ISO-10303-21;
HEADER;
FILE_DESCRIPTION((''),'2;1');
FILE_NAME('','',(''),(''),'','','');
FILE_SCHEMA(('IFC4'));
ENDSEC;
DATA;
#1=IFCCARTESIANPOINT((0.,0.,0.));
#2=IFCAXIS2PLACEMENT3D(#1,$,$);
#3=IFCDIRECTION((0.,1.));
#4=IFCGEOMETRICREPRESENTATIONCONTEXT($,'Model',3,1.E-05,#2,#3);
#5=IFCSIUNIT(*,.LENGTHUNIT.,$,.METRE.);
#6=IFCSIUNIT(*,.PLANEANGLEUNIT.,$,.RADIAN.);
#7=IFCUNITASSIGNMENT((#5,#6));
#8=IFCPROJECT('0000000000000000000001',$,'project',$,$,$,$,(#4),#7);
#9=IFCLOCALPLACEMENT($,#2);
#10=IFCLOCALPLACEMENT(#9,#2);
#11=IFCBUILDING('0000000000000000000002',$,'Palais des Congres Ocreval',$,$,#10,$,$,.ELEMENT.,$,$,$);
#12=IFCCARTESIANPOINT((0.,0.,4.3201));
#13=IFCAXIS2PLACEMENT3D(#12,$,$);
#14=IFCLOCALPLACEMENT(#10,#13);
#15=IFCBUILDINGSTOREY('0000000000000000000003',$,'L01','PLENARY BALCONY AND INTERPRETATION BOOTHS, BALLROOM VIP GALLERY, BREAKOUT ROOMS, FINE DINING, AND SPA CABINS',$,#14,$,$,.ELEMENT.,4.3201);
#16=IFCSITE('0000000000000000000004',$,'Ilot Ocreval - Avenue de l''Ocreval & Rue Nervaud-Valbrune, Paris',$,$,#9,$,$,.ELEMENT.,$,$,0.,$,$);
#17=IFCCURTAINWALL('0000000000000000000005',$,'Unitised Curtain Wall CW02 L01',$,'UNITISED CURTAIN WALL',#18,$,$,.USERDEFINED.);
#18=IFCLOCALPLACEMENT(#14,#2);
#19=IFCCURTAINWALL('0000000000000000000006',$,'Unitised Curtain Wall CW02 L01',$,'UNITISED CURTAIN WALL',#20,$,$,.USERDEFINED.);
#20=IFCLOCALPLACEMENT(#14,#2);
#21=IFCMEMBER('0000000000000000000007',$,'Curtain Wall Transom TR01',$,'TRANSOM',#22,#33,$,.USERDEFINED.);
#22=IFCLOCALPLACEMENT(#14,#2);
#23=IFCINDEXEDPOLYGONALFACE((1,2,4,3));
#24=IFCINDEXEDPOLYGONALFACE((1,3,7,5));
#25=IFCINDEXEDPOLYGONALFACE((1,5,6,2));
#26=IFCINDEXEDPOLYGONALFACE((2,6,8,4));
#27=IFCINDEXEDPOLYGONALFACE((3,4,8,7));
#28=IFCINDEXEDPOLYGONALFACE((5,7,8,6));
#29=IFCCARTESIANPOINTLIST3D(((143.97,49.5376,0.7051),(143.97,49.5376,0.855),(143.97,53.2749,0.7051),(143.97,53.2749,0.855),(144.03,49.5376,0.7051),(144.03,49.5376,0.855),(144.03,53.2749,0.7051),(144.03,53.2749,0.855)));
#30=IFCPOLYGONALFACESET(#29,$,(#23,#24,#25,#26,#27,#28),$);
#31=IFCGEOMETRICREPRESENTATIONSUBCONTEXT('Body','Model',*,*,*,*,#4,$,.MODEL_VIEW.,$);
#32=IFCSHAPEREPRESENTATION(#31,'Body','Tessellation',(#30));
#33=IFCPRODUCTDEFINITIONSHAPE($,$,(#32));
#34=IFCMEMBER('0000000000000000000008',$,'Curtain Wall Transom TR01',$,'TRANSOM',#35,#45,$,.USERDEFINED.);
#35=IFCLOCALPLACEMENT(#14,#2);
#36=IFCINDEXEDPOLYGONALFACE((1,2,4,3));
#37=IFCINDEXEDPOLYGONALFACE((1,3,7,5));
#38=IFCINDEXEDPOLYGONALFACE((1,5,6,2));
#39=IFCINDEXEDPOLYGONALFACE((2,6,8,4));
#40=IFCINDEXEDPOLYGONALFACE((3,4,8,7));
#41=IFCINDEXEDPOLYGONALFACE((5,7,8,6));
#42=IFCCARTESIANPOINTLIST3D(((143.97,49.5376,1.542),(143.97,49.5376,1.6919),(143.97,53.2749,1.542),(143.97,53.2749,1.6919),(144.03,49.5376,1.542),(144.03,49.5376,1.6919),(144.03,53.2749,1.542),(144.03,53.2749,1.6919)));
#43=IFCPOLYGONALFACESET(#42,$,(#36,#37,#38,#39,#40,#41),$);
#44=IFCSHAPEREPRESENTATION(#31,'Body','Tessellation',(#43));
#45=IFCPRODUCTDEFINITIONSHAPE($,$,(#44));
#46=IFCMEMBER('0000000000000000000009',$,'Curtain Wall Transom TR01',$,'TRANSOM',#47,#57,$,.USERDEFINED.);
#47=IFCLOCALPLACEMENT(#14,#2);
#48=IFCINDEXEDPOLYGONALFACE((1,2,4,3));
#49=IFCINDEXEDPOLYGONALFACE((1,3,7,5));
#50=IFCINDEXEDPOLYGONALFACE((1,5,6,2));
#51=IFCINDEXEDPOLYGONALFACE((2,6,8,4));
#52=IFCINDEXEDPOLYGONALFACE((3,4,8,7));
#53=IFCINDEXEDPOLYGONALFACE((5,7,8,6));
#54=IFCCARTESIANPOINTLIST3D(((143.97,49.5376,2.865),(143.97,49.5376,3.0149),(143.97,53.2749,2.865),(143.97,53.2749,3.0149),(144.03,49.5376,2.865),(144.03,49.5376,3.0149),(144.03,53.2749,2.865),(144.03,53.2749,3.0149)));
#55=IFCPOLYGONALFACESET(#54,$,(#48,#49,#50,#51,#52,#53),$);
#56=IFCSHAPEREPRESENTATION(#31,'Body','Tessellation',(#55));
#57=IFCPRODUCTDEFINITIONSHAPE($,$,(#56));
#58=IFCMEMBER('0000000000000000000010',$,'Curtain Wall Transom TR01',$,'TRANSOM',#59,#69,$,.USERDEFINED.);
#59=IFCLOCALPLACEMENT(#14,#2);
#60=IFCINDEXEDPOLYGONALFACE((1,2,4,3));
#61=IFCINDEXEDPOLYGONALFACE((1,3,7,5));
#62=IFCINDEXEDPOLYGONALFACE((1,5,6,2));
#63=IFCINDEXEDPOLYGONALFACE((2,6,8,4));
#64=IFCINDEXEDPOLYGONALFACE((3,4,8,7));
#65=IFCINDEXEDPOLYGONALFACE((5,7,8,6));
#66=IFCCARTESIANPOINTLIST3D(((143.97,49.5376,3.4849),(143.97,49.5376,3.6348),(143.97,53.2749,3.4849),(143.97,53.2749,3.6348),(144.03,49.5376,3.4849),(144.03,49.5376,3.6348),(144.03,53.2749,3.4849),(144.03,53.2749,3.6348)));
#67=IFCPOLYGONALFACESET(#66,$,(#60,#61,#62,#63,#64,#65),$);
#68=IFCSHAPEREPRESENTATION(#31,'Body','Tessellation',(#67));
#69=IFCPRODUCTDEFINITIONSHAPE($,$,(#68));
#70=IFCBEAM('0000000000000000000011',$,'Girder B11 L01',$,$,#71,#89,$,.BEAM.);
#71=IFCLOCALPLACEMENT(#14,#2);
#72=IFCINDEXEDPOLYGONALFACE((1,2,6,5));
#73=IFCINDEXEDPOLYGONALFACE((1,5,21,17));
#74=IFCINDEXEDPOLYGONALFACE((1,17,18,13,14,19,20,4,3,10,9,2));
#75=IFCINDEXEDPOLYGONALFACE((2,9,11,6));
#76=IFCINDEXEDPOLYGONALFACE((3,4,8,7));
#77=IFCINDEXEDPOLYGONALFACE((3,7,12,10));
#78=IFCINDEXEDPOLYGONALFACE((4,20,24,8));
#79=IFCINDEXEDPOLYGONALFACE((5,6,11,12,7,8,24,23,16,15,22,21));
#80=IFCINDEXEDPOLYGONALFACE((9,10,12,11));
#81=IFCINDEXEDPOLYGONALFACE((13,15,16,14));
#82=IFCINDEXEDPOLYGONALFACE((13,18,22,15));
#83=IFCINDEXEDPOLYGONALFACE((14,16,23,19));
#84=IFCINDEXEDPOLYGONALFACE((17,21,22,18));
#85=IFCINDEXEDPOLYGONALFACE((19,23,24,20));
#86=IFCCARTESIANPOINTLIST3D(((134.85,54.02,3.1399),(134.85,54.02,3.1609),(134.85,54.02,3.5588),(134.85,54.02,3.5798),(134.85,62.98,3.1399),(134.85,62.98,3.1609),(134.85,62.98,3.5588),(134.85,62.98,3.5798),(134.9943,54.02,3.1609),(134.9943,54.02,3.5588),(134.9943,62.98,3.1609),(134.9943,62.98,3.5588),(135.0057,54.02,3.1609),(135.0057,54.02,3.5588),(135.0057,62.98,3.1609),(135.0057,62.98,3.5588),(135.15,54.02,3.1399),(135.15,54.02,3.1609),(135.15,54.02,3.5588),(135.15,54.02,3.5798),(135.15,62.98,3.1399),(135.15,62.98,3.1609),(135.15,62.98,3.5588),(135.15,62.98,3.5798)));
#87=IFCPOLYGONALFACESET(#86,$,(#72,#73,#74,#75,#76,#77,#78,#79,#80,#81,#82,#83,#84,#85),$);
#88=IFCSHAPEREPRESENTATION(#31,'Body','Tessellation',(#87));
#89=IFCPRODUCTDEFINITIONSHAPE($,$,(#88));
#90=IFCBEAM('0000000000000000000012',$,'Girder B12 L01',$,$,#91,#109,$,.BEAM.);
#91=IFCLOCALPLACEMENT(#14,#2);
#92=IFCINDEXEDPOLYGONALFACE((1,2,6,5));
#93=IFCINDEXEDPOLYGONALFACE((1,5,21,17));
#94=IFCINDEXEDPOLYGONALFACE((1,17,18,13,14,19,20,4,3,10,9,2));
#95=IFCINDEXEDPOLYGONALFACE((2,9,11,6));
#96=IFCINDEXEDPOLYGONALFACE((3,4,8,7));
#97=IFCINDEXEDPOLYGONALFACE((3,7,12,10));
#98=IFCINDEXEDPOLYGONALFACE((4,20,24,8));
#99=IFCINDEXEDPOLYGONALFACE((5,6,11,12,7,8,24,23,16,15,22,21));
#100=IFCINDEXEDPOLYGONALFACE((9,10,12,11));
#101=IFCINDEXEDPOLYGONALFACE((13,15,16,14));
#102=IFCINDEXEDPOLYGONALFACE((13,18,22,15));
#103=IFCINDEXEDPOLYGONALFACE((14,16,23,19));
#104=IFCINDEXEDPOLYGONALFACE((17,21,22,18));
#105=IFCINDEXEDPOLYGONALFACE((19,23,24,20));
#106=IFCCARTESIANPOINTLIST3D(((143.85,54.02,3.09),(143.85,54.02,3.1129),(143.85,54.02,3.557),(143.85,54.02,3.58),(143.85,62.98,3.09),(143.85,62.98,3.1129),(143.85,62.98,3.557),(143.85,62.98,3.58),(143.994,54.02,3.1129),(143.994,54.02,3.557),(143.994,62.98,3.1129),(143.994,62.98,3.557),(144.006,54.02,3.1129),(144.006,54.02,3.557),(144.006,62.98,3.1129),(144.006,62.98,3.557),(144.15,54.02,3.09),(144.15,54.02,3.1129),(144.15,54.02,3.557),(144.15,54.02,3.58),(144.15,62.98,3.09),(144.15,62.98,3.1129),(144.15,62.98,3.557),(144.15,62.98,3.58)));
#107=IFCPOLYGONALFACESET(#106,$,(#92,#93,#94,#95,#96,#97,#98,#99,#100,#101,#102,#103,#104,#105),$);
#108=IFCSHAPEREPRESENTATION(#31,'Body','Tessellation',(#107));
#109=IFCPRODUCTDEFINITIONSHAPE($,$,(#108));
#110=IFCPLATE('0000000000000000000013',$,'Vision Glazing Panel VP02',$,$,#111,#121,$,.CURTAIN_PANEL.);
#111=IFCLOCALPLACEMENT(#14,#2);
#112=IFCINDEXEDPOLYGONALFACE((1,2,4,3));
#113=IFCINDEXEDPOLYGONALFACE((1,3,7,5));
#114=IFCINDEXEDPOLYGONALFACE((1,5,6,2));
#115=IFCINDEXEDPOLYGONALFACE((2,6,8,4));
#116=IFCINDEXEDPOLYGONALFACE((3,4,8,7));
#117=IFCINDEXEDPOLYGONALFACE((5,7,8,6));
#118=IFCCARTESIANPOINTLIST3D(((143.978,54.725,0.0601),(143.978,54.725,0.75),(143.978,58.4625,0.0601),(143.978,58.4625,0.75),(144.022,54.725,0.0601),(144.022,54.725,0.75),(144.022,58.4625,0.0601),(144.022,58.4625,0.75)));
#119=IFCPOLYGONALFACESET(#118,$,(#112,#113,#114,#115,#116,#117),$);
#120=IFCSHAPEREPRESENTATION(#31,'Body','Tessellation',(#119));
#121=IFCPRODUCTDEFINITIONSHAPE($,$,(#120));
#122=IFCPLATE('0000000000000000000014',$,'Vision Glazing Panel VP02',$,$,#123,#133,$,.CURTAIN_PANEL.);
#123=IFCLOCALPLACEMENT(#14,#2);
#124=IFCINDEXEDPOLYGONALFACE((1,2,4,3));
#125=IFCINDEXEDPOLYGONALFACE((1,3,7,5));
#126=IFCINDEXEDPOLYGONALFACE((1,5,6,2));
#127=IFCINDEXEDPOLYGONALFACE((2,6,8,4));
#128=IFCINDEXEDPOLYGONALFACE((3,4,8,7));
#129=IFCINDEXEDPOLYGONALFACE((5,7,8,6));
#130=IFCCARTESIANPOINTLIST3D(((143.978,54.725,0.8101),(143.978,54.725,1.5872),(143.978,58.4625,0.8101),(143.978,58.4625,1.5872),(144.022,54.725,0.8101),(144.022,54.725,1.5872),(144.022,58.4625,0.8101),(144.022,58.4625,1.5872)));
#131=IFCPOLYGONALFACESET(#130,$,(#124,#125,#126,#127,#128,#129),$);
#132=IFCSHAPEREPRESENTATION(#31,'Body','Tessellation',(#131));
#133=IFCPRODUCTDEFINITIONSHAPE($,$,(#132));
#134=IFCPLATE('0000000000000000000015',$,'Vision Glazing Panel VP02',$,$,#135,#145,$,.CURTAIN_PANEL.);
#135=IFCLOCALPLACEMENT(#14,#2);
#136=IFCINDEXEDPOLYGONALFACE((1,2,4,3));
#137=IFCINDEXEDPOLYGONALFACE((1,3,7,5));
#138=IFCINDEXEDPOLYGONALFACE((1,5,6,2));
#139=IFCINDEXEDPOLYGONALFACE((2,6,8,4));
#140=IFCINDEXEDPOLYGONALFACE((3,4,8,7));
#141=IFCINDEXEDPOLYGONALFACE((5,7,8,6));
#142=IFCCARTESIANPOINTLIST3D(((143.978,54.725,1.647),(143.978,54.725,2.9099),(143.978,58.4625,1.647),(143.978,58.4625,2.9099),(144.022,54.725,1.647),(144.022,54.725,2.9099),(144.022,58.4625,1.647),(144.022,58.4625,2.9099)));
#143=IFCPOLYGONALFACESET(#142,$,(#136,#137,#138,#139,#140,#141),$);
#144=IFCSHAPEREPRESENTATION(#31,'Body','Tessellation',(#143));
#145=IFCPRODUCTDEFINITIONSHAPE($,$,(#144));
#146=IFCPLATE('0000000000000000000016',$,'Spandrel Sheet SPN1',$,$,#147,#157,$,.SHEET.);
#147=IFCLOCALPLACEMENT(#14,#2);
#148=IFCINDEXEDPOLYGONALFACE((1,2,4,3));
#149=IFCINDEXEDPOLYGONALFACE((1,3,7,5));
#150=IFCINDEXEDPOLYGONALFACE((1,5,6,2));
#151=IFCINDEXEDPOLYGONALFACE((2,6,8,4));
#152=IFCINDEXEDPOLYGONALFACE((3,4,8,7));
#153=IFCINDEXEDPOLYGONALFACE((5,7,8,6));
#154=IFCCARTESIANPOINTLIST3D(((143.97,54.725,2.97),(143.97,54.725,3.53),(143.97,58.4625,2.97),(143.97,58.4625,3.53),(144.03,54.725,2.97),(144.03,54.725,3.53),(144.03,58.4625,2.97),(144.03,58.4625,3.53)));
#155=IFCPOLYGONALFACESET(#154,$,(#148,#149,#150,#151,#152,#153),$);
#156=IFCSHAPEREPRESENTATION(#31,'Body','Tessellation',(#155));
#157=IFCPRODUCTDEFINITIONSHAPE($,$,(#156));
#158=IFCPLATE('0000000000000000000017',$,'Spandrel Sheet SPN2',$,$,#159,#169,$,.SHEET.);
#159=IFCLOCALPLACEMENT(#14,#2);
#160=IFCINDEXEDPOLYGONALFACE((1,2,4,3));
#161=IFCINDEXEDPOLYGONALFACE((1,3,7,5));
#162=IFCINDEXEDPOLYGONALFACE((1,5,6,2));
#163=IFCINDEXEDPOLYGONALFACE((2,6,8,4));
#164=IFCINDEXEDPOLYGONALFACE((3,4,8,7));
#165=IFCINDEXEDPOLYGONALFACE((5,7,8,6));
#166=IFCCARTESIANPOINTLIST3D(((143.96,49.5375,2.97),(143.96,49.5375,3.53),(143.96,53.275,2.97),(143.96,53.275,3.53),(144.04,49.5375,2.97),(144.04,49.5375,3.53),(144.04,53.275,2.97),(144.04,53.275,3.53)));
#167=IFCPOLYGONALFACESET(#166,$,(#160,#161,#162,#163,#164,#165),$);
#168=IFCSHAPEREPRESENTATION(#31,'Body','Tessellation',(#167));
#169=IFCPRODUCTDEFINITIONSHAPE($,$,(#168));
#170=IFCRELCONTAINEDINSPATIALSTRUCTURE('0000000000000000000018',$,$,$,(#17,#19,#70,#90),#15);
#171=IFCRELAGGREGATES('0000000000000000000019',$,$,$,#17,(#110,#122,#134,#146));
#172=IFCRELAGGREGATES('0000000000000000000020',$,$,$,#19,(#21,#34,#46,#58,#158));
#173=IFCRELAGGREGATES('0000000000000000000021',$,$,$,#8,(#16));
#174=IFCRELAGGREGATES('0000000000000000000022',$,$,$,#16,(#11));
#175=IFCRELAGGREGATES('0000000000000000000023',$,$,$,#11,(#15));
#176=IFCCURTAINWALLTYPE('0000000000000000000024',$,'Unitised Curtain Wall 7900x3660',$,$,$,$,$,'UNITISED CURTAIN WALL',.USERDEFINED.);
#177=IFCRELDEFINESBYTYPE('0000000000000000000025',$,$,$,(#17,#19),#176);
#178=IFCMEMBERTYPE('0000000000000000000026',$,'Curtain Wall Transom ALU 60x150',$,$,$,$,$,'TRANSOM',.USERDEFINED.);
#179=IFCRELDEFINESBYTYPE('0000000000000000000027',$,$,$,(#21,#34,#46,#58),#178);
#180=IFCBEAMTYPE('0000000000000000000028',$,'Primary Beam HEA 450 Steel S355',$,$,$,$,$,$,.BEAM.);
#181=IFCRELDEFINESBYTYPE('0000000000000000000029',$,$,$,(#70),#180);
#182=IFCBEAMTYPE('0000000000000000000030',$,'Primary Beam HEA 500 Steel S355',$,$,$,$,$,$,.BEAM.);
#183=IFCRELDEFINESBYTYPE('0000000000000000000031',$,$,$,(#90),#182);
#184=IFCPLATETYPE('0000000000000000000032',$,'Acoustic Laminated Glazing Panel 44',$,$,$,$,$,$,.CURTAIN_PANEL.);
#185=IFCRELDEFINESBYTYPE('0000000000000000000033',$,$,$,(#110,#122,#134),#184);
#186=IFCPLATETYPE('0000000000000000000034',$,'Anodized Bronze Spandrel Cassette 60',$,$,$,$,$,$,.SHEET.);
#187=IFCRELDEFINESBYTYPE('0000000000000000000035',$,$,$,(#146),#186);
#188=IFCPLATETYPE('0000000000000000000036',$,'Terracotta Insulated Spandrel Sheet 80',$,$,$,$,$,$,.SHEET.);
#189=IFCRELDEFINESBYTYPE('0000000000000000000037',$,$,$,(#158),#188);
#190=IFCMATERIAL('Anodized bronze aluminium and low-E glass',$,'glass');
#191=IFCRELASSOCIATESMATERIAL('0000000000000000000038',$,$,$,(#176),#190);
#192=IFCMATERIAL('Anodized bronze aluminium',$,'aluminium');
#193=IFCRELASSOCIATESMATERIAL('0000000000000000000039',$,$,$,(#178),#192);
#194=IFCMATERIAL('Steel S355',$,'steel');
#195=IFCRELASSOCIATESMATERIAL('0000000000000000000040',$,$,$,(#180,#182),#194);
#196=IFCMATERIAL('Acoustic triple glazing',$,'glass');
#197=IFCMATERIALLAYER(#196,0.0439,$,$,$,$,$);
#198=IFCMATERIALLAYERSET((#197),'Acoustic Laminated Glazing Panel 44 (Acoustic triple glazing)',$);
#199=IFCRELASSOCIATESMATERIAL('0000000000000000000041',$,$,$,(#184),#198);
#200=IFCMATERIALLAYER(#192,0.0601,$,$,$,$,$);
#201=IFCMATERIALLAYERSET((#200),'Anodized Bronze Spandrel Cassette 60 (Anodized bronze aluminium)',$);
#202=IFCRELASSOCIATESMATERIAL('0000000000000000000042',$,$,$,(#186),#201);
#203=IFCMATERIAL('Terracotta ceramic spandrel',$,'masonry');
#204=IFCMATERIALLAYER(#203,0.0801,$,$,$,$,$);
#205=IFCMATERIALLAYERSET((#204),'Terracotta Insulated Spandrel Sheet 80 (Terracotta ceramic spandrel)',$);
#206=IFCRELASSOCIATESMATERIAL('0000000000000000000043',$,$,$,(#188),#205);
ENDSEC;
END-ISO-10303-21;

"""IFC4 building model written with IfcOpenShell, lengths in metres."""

from ifc_helpers import new_model, si_unit, direction, frame, origin, origin_2d, place, context, subcontext, project, spatial, rectangle, i_section, extrude, material, layer, layer_set, material_profile, profile_set, type_object, element, aggregate, save


model = new_model("IFC4")

# Units and contexts
model_context = context("Model", 3, precision=1e-05, world=origin(), true_north=direction((0.0, 1.0)))
body_context = subcontext(model_context, "Body", "Model", "MODEL_VIEW")
ifc_project = project(units=[si_unit("LENGTHUNIT", "METRE"), si_unit("PLANEANGLEUNIT", "RADIAN")], contexts=[model_context])

# Site, building, storey
site_placement = place(None, origin())
site = spatial("IfcSite", under=ifc_project, at=site_placement, Name="Ilot Ocreval - Avenue de l'Ocreval & Rue Nervaud-Valbrune, Paris", CompositionType="ELEMENT", RefElevation=0.0)
building_placement = place(site_placement, origin())
building = spatial("IfcBuilding", under=site, at=building_placement, Name="Palais des Congres Ocreval", CompositionType="ELEMENT")
storey_placement = place(building_placement, frame((0.0, 0.0, 4.3201)))
storey = spatial("IfcBuildingStorey", under=building, at=storey_placement, Name="L01", Description="PLENARY BALCONY AND INTERPRETATION BOOTHS, BALLROOM VIP GALLERY, BREAKOUT ROOMS, FINE DINING, AND SPA CABINS", CompositionType="ELEMENT", Elevation=4.3201)

# Shared definitions
ifc_material_1 = material(Name="Steel S355", Category="steel")

# Curtain walls
ifc_material_2 = material(Name="Anodized bronze aluminium and low-E glass", Category="glass")
curtain_wall_type = type_object("IfcCurtainWallType", Name="Unitised Curtain Wall 7900x3660", ElementType="UNITISED CURTAIN WALL", PredefinedType="USERDEFINED", material=ifc_material_2)
curtain_wall_1_placement = place(storey_placement, origin())
curtain_wall_1 = element("IfcCurtainWall", 1, at=curtain_wall_1_placement, inside=storey, type_object=curtain_wall_type, Name="Unitised Curtain Wall CW02 L01", ObjectType="UNITISED CURTAIN WALL", PredefinedType="USERDEFINED")
ifc_material_3 = material(Name="Anodized bronze aluminium", Category="aluminium")
curtain_wall_2_placement = place(storey_placement, origin())
curtain_wall_2 = element("IfcCurtainWall", 2, at=curtain_wall_2_placement, inside=storey, type_object=curtain_wall_type, Name="Unitised Curtain Wall CW02 L01", ObjectType="UNITISED CURTAIN WALL", PredefinedType="USERDEFINED")

# Members
ifc_material_profile_1 = material_profile(ifc_material_3, rectangle(XDim=0.0601, YDim=0.1499, at=origin_2d()), Name="ALU 60x150")
ifc_profile_set_1 = profile_set([ifc_material_profile_1], Name="Anodized bronze aluminium")
member_type_1 = type_object("IfcMemberType", Name="Curtain Wall Transom ALU 60x150", ElementType="TRANSOM", PredefinedType="USERDEFINED", material=ifc_profile_set_1)
member_1_placement = place(storey_placement, frame((144.0, 53.2749, 0.78), z_axis=(0.0, -1.0, 0.0), x_axis=(1.0, 0.0, 0.0)))
member_1 = element("IfcMember", 3, at=member_1_placement, type_object=member_type_1, Name="Curtain Wall Transom TR01", ObjectType="TRANSOM", PredefinedType="USERDEFINED", context=body_context, shape_type="SweptSolid", body=[
    extrude(rectangle(XDim=0.0601, YDim=0.1499, at=origin_2d()), origin(), (0.0, 0.0, 1.0), 3.7373),
])
member_2_placement = place(storey_placement, frame((144.0, 53.2749, 1.6169), z_axis=(0.0, -1.0, 0.0), x_axis=(1.0, 0.0, 0.0)))
member_2 = element("IfcMember", 4, at=member_2_placement, type_object=member_type_1, Name="Curtain Wall Transom TR01", ObjectType="TRANSOM", PredefinedType="USERDEFINED", context=body_context, shape_type="SweptSolid", body=[
    extrude(rectangle(XDim=0.0601, YDim=0.1499, at=origin_2d()), origin(), (0.0, 0.0, 1.0), 3.7373),
])
member_3_placement = place(storey_placement, frame((144.0, 53.2749, 2.9399), z_axis=(0.0, -1.0, 0.0), x_axis=(1.0, 0.0, 0.0)))
member_3 = element("IfcMember", 5, at=member_3_placement, type_object=member_type_1, Name="Curtain Wall Transom TR01", ObjectType="TRANSOM", PredefinedType="USERDEFINED", context=body_context, shape_type="SweptSolid", body=[
    extrude(rectangle(XDim=0.0601, YDim=0.1499, at=origin_2d()), origin(), (0.0, 0.0, 1.0), 3.7373),
])
member_4_placement = place(storey_placement, frame((144.0, 53.2749, 3.5598), z_axis=(0.0, -1.0, 0.0), x_axis=(1.0, 0.0, 0.0)))
member_4 = element("IfcMember", 6, at=member_4_placement, type_object=member_type_1, Name="Curtain Wall Transom TR01", ObjectType="TRANSOM", PredefinedType="USERDEFINED", context=body_context, shape_type="SweptSolid", body=[
    extrude(rectangle(XDim=0.0601, YDim=0.1499, at=origin_2d()), origin(), (0.0, 0.0, 1.0), 3.7373),
])

# Beams
ifc_material_profile_2 = material_profile(ifc_material_1, i_section(OverallWidth=0.3, OverallDepth=0.4399, WebThickness=0.0115, FlangeThickness=0.021, at=origin_2d()), Name="HEA 450")
ifc_profile_set_2 = profile_set([ifc_material_profile_2], Name="Steel S355")
beam_type_1 = type_object("IfcBeamType", Name="Primary Beam HEA 450 Steel S355", PredefinedType="BEAM", material=ifc_profile_set_2)
beam_1_placement = place(storey_placement, frame((135.0, 54.02, 3.3599), z_axis=(0.0, 1.0, 0.0), x_axis=(-1.0, 0.0, 0.0)))
element("IfcBeam", 7, at=beam_1_placement, inside=storey, type_object=beam_type_1, Name="Girder B11 L01", PredefinedType="BEAM", context=body_context, shape_type="SweptSolid", body=[
    extrude(i_section(OverallWidth=0.3, OverallDepth=0.4399, WebThickness=0.0115, FlangeThickness=0.021, at=origin_2d()), origin(), (0.0, 0.0, 1.0), 8.96),
])
ifc_material_profile_3 = material_profile(ifc_material_1, i_section(OverallWidth=0.3, OverallDepth=0.49, WebThickness=0.012, FlangeThickness=0.0229, at=origin_2d()), Name="HEA 500")
ifc_profile_set_3 = profile_set([ifc_material_profile_3], Name="Steel S355")
beam_type_2 = type_object("IfcBeamType", Name="Primary Beam HEA 500 Steel S355", PredefinedType="BEAM", material=ifc_profile_set_3)
beam_2_placement = place(storey_placement, frame((144.0, 54.02, 3.335), z_axis=(0.0, 1.0, 0.0), x_axis=(-1.0, 0.0, 0.0)))
element("IfcBeam", 8, at=beam_2_placement, inside=storey, type_object=beam_type_2, Name="Girder B12 L01", PredefinedType="BEAM", context=body_context, shape_type="SweptSolid", body=[
    extrude(i_section(OverallWidth=0.3, OverallDepth=0.49, WebThickness=0.012, FlangeThickness=0.0229, at=origin_2d()), origin(), (0.0, 0.0, 1.0), 8.96),
])

# Plates
ifc_material_4 = material(Name="Acoustic triple glazing", Category="glass")
ifc_layer_1 = layer(ifc_material_4, 0.0439)
ifc_layer_set_1 = layer_set([ifc_layer_1], Name="Acoustic Laminated Glazing Panel 44 (Acoustic triple glazing)")
plate_type_1 = type_object("IfcPlateType", Name="Acoustic Laminated Glazing Panel 44", PredefinedType="CURTAIN_PANEL", material=ifc_layer_set_1)
plate_1_placement = place(storey_placement, frame((144.0, 56.5938, 0.0601), z_axis=(0.0, 0.0, 1.0), x_axis=(0.0, -1.0, 0.0)))
plate_1 = element("IfcPlate", 9, at=plate_1_placement, type_object=plate_type_1, Name="Vision Glazing Panel VP02", PredefinedType="CURTAIN_PANEL", context=body_context, shape_type="SweptSolid", body=[
    extrude(rectangle(XDim=3.7375, YDim=0.0439, at=origin_2d()), origin(), (0.0, 0.0, 1.0), 0.6899),
])
plate_2_placement = place(storey_placement, frame((144.0, 56.5938, 0.8101), z_axis=(0.0, 0.0, 1.0), x_axis=(0.0, -1.0, 0.0)))
plate_2 = element("IfcPlate", 10, at=plate_2_placement, type_object=plate_type_1, Name="Vision Glazing Panel VP02", PredefinedType="CURTAIN_PANEL", context=body_context, shape_type="SweptSolid", body=[
    extrude(rectangle(XDim=3.7375, YDim=0.0439, at=origin_2d()), origin(), (0.0, 0.0, 1.0), 0.7771),
])
plate_3_placement = place(storey_placement, frame((144.0, 56.5938, 1.647), z_axis=(0.0, 0.0, 1.0), x_axis=(0.0, -1.0, 0.0)))
plate_3 = element("IfcPlate", 11, at=plate_3_placement, type_object=plate_type_1, Name="Vision Glazing Panel VP02", PredefinedType="CURTAIN_PANEL", context=body_context, shape_type="SweptSolid", body=[
    extrude(rectangle(XDim=3.7375, YDim=0.0439, at=origin_2d()), origin(), (0.0, 0.0, 1.0), 1.2629),
])
ifc_layer_2 = layer(ifc_material_3, 0.0601)
ifc_layer_set_2 = layer_set([ifc_layer_2], Name="Anodized Bronze Spandrel Cassette 60 (Anodized bronze aluminium)")
plate_type_2 = type_object("IfcPlateType", Name="Anodized Bronze Spandrel Cassette 60", PredefinedType="SHEET", material=ifc_layer_set_2)
plate_4_placement = place(storey_placement, frame((144.0, 56.5938, 2.97), z_axis=(0.0, 0.0, 1.0), x_axis=(0.0, -1.0, 0.0)))
plate_4 = element("IfcPlate", 12, at=plate_4_placement, type_object=plate_type_2, Name="Spandrel Sheet SPN1", PredefinedType="SHEET", context=body_context, shape_type="SweptSolid", body=[
    extrude(rectangle(XDim=3.7375, YDim=0.0601, at=origin_2d()), origin(), (0.0, 0.0, 1.0), 0.5601),
])
aggregate(curtain_wall_1, [plate_1, plate_2, plate_3, plate_4])
ifc_material_5 = material(Name="Terracotta ceramic spandrel", Category="masonry")
ifc_layer_3 = layer(ifc_material_5, 0.0801)
ifc_layer_set_3 = layer_set([ifc_layer_3], Name="Terracotta Insulated Spandrel Sheet 80 (Terracotta ceramic spandrel)")
plate_type_3 = type_object("IfcPlateType", Name="Terracotta Insulated Spandrel Sheet 80", PredefinedType="SHEET", material=ifc_layer_set_3)
plate_5_placement = place(storey_placement, frame((144.0, 51.4062, 2.97), z_axis=(0.0, 0.0, 1.0), x_axis=(0.0, -1.0, 0.0)))
plate_5 = element("IfcPlate", 13, at=plate_5_placement, type_object=plate_type_3, Name="Spandrel Sheet SPN2", PredefinedType="SHEET", context=body_context, shape_type="SweptSolid", body=[
    extrude(rectangle(XDim=3.7375, YDim=0.0801, at=origin_2d()), origin(), (0.0, 0.0, 1.0), 0.5601),
])
aggregate(curtain_wall_2, [member_1, member_2, member_3, member_4, plate_5])

save(model, "model.ifc")
